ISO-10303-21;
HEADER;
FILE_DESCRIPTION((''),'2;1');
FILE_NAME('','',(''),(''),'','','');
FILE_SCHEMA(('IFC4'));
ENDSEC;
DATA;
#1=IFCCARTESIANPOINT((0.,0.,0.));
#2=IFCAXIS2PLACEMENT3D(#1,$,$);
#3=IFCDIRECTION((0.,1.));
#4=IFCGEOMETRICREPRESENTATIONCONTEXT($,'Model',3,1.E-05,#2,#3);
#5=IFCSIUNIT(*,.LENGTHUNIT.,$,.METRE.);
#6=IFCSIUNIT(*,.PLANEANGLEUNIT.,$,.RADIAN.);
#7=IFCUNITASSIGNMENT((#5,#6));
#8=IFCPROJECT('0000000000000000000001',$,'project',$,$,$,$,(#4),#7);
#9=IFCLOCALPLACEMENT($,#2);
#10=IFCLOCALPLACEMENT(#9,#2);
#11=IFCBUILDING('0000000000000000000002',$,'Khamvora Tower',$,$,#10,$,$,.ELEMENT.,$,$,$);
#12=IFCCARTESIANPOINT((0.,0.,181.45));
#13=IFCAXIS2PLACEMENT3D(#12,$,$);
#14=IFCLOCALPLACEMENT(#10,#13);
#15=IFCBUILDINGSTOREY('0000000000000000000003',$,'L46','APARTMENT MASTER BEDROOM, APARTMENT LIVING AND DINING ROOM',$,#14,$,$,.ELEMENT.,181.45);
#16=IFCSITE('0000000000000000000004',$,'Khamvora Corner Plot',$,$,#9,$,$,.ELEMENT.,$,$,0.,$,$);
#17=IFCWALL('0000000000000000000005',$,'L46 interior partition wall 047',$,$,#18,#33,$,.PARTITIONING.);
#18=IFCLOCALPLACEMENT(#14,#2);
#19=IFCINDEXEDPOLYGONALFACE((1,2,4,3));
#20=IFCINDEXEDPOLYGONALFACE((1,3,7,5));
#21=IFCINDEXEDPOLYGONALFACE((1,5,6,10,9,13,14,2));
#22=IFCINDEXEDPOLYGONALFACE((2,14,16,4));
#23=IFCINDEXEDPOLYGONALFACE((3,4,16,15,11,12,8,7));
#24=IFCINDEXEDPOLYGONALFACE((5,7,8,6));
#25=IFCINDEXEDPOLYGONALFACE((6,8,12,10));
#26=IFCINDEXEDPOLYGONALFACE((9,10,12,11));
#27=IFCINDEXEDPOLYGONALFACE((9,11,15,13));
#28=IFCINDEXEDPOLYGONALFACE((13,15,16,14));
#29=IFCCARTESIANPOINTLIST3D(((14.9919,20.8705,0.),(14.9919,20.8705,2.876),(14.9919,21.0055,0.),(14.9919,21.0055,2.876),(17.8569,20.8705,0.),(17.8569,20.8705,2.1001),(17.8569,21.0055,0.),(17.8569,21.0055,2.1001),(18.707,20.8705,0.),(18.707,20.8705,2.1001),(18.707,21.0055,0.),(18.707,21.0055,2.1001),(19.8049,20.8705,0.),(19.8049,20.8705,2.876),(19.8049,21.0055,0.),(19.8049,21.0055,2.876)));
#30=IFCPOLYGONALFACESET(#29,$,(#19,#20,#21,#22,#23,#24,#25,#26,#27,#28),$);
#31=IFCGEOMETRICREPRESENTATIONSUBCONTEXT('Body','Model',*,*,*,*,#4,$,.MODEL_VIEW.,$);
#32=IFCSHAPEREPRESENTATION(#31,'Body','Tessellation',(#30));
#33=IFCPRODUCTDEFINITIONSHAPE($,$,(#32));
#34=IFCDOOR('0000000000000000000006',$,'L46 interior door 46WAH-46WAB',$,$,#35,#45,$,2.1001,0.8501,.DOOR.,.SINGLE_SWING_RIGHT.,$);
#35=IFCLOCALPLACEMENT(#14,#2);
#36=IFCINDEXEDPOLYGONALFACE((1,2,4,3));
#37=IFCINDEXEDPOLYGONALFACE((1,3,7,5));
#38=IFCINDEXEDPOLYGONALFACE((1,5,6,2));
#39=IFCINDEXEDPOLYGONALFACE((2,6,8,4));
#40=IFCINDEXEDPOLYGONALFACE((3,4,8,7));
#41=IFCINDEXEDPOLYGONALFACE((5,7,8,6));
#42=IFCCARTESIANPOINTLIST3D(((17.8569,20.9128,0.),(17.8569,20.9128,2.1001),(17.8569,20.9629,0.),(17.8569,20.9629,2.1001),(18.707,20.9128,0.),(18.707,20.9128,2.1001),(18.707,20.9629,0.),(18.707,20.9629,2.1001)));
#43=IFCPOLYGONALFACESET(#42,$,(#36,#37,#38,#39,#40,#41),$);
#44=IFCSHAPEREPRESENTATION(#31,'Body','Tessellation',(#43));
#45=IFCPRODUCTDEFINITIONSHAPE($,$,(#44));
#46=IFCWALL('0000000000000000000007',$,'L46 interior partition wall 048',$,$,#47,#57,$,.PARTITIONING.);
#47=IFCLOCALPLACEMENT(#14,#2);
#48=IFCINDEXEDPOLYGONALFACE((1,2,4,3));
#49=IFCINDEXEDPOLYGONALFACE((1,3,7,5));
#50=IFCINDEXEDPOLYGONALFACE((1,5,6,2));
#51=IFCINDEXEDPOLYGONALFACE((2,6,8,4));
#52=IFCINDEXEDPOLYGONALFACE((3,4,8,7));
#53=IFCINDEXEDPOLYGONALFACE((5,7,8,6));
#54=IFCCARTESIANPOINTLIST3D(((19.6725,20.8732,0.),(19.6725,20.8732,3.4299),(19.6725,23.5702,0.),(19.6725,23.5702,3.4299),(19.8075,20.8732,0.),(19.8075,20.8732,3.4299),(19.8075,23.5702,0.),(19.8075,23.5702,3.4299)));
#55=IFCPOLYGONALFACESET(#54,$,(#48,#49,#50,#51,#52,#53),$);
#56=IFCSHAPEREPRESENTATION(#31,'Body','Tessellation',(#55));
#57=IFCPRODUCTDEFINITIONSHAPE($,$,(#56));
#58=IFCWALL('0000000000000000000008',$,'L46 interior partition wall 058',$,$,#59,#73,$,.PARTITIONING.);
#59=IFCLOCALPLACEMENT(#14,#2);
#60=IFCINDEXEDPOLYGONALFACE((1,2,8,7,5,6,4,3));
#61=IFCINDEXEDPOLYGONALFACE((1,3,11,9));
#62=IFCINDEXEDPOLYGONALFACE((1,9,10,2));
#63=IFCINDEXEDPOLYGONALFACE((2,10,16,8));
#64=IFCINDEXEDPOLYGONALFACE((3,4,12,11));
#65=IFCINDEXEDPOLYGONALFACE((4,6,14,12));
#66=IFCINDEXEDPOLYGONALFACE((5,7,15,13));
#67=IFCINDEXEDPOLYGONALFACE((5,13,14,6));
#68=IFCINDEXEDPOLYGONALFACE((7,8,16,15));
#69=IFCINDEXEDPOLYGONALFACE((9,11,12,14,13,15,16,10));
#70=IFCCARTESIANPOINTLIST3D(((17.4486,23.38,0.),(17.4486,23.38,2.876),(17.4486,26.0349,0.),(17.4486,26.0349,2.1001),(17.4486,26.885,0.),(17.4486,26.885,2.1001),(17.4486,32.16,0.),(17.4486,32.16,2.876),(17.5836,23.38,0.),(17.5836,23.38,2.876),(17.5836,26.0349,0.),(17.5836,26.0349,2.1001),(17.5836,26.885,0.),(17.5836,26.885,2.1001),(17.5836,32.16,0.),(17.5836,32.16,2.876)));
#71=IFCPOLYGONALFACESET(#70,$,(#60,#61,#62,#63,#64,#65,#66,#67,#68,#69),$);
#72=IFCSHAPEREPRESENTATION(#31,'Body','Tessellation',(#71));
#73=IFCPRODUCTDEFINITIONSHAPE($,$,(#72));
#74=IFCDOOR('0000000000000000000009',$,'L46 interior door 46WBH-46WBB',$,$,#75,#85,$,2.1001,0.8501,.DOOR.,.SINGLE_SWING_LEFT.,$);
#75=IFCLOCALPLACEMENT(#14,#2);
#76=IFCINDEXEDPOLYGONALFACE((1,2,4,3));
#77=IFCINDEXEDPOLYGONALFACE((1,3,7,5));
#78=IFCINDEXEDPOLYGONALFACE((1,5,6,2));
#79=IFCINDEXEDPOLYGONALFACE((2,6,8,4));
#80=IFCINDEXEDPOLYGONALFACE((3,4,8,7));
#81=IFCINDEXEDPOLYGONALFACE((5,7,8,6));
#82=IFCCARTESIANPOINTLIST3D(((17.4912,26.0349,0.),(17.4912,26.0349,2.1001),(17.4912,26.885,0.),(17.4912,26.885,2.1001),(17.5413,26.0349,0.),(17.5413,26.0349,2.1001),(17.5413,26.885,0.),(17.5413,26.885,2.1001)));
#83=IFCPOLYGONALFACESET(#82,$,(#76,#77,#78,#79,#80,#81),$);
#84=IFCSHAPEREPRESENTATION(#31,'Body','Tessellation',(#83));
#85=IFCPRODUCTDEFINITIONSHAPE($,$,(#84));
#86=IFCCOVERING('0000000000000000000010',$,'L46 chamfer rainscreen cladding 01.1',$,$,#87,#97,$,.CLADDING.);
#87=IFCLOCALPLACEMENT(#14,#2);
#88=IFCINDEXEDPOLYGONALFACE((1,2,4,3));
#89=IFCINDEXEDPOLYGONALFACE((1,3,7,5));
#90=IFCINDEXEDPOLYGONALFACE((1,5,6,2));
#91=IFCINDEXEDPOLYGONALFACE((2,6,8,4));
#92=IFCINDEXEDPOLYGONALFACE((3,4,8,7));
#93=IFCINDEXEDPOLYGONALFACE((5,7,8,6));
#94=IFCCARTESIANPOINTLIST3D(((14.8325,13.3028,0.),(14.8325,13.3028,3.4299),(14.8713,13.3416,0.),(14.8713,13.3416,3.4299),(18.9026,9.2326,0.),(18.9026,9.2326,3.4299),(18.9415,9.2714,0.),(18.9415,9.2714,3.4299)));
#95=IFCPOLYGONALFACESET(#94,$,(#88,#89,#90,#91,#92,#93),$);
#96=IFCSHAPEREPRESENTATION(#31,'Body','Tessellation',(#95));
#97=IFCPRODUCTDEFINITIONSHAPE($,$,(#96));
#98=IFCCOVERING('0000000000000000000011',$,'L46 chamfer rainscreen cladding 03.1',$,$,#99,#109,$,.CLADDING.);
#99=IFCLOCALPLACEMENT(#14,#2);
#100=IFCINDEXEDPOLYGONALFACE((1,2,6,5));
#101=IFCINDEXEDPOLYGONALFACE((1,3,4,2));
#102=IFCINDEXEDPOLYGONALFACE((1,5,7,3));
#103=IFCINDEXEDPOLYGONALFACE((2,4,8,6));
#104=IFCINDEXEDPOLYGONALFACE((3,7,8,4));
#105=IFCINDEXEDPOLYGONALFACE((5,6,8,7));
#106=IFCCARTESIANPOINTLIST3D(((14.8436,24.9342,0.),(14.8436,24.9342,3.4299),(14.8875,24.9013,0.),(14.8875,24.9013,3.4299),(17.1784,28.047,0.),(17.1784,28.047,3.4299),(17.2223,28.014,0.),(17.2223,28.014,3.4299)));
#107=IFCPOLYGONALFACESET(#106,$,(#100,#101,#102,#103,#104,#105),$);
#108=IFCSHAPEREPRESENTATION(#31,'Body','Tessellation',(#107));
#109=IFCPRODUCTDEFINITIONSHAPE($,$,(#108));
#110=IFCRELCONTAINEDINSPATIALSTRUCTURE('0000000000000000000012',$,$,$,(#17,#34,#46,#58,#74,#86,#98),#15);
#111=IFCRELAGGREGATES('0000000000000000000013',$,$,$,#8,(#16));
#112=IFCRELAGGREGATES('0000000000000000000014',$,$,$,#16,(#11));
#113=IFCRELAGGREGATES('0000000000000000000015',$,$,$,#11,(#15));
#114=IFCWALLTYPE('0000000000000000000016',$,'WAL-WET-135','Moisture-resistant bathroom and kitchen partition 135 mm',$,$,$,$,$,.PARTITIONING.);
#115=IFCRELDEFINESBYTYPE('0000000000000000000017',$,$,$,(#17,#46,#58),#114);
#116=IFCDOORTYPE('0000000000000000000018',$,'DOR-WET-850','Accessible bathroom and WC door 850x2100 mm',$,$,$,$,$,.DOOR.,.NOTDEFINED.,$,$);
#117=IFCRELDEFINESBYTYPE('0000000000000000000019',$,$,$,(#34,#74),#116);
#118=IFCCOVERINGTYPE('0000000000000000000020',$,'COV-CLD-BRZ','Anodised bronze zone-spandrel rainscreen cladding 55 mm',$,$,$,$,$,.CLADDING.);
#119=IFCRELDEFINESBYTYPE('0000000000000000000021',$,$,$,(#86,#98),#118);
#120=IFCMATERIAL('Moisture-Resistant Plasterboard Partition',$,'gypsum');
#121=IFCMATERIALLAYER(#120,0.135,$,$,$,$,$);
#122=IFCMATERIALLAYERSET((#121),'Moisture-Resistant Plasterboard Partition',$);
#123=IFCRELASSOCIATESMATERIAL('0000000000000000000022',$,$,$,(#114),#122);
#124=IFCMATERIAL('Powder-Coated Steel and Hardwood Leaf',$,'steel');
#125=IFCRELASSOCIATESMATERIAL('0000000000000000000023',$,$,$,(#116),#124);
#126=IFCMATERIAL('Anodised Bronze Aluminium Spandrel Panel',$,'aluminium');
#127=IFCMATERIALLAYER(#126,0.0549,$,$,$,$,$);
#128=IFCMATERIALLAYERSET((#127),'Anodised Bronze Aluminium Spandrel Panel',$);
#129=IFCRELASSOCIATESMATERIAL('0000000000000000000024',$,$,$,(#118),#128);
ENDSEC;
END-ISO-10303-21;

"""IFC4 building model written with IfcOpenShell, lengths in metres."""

from ifc_helpers import new_model, si_unit, direction, frame, frame_2d, origin, origin_2d, place, context, subcontext, project, spatial, rectangle, extrude, material, layer, layer_set, type_object, element, fill, save


model = new_model("IFC4")

# Units and contexts
model_context = context("Model", 3, precision=1e-05, world=origin(), true_north=direction((0.0, 1.0)))
body_context = subcontext(model_context, "Body", "Model", "MODEL_VIEW")
ifc_project = project(units=[si_unit("LENGTHUNIT", "METRE"), si_unit("PLANEANGLEUNIT", "RADIAN")], contexts=[model_context])

# Site, building, storey
site_placement = place(None, origin())
site = spatial("IfcSite", under=ifc_project, at=site_placement, Name="Khamvora Corner Plot", CompositionType="ELEMENT", RefElevation=0.0)
building_placement = place(site_placement, origin())
building = spatial("IfcBuilding", under=site, at=building_placement, Name="Khamvora Tower", CompositionType="ELEMENT")
storey_placement = place(building_placement, frame((0.0, 0.0, 181.45)))
storey = spatial("IfcBuildingStorey", under=building, at=storey_placement, Name="L46", Description="APARTMENT MASTER BEDROOM, APARTMENT LIVING AND DINING ROOM", CompositionType="ELEMENT", Elevation=181.45)

# Shared definitions
ifc_material_1 = material(Name="Powder-Coated Steel and Hardwood Leaf", Category="steel")

# Wall, opening, door
ifc_material_2 = material(Name="Moisture-Resistant Plasterboard Partition", Category="gypsum")
ifc_layer_1 = layer(ifc_material_2, 0.135)
ifc_layer_set_1 = layer_set([ifc_layer_1], Name="Moisture-Resistant Plasterboard Partition")
wall_type_1 = type_object("IfcWallType", Name="WAL-WET-135", Description="Moisture-resistant bathroom and kitchen partition 135 mm", PredefinedType="PARTITIONING", material=ifc_layer_set_1)
wall_1_placement = place(storey_placement, frame((14.9919, 20.938, 0.0), z_axis=(0.0, 0.0, 1.0), x_axis=(1.0, 0.0, 0.0)))
wall_1 = element("IfcWall", 1, at=wall_1_placement, inside=storey, type_object=wall_type_1, Name="L46 interior partition wall 047", PredefinedType="PARTITIONING", context=body_context, shape_type="SweptSolid", body=[
    extrude(rectangle(XDim=4.813, YDim=0.135, at=frame_2d((2.4065, 0.0))), origin(), (0.0, 0.0, 1.0), 2.876),
])
opening_1_placement = place(wall_1_placement, frame((2.865, 0.0, 0.0)))
opening_1 = element("IfcOpeningElement", 2, at=opening_1_placement, cuts=wall_1, PredefinedType="OPENING", context=body_context, shape_type="SweptSolid", body=[
    extrude(rectangle(XDim=0.8501, YDim=2.1001, at=frame_2d((0.425, 1.05))), frame((0.0, 0.0774, 0.0), z_axis=(0.0, -1.0, 0.0), x_axis=(1.0, 0.0, 0.0)), (0.0, 0.0, 1.0), 0.155),
])
door_type_1 = type_object("IfcDoorType", Name="DOR-WET-850", Description="Accessible bathroom and WC door 850x2100 mm", OperationType="NOTDEFINED", PredefinedType="DOOR", material=ifc_material_1)
door_1_placement = place(opening_1_placement, origin())
door_1 = element("IfcDoor", 3, at=door_1_placement, inside=storey, type_object=door_type_1, Name="L46 interior door 46WAH-46WAB", OperationType="SINGLE_SWING_RIGHT", OverallHeight=2.1001, OverallWidth=0.8501, PredefinedType="DOOR", context=body_context, shape_type="SweptSolid", body=[
    extrude(rectangle(XDim=0.8501, YDim=2.1001, at=frame_2d((0.425, 1.05))), frame((0.0, 0.0249, 0.0), z_axis=(0.0, -1.0, 0.0), x_axis=(1.0, 0.0, 0.0)), (0.0, 0.0, 1.0), 0.05),
])
fill(opening_1, door_1)

# Wall
wall_2_placement = place(storey_placement, frame((19.74, 20.873, 0.0), z_axis=(0.0, 0.0, 1.0), x_axis=(0.0, 1.0, 0.0)))
element("IfcWall", 4, at=wall_2_placement, inside=storey, type_object=wall_type_1, Name="L46 interior partition wall 048", PredefinedType="PARTITIONING", context=body_context, shape_type="SweptSolid", body=[
    extrude(rectangle(XDim=2.697, YDim=0.135, at=frame_2d((1.3486, 0.0))), origin(), (0.0, 0.0, 1.0), 3.4299),
])

# Wall, opening, door
wall_3_placement = place(storey_placement, frame((17.5161, 23.3799, 0.0), z_axis=(0.0, 0.0, 1.0), x_axis=(0.0, 1.0, 0.0)))
wall_3 = element("IfcWall", 5, at=wall_3_placement, inside=storey, type_object=wall_type_1, Name="L46 interior partition wall 058", PredefinedType="PARTITIONING", context=body_context, shape_type="SweptSolid", body=[
    extrude(rectangle(XDim=8.78, YDim=0.135, at=frame_2d((4.3901, 0.0))), origin(), (0.0, 0.0, 1.0), 2.876),
])
opening_2_placement = place(wall_3_placement, frame((2.655, 0.0, 0.0)))
opening_2 = element("IfcOpeningElement", 6, at=opening_2_placement, cuts=wall_3, PredefinedType="OPENING", context=body_context, shape_type="SweptSolid", body=[
    extrude(rectangle(XDim=0.8501, YDim=2.1001, at=frame_2d((0.425, 1.05))), frame((0.0, 0.0774, 0.0), z_axis=(0.0, -1.0, 0.0), x_axis=(1.0, 0.0, 0.0)), (0.0, 0.0, 1.0), 0.155),
])
door_2_placement = place(opening_2_placement, origin())
door_2 = element("IfcDoor", 7, at=door_2_placement, inside=storey, type_object=door_type_1, Name="L46 interior door 46WBH-46WBB", OperationType="SINGLE_SWING_LEFT", OverallHeight=2.1001, OverallWidth=0.8501, PredefinedType="DOOR", context=body_context, shape_type="SweptSolid", body=[
    extrude(rectangle(XDim=0.8501, YDim=2.1001, at=frame_2d((0.425, 1.05))), frame((0.0, 0.0249, 0.0), z_axis=(0.0, -1.0, 0.0), x_axis=(1.0, 0.0, 0.0)), (0.0, 0.0, 1.0), 0.05),
])
fill(opening_2, door_2)

# Coverings
ifc_material_3 = material(Name="Anodised Bronze Aluminium Spandrel Panel", Category="aluminium")
ifc_layer_2 = layer(ifc_material_3, 0.0549)
ifc_layer_set_2 = layer_set([ifc_layer_2], Name="Anodised Bronze Aluminium Spandrel Panel")
covering_type = type_object("IfcCoveringType", Name="COV-CLD-BRZ", Description="Anodised bronze zone-spandrel rainscreen cladding 55 mm", PredefinedType="CLADDING", material=ifc_layer_set_2)
covering_1_placement = place(storey_placement, frame((16.887, 11.2871, 0.0), z_axis=(0.0, 0.0, 1.0), x_axis=(-0.707107, 0.707107, 0.0)))
element("IfcCovering", 8, at=covering_1_placement, inside=storey, type_object=covering_type, Name="L46 chamfer rainscreen cladding 01.1", PredefinedType="CLADDING", context=body_context, shape_type="SweptSolid", body=[
    extrude(rectangle(XDim=5.7561, YDim=0.0549, at=origin_2d()), origin(), (0.0, 0.0, 1.0), 3.4299),
])
covering_2_placement = place(storey_placement, frame((16.033, 26.4741, 0.0), z_axis=(0.0, 0.0, 1.0), x_axis=(0.60004, 0.79997, 0.0)))
element("IfcCovering", 9, at=covering_2_placement, inside=storey, type_object=covering_type, Name="L46 chamfer rainscreen cladding 03.1", PredefinedType="CLADDING", context=body_context, shape_type="SweptSolid", body=[
    extrude(rectangle(XDim=3.8911, YDim=0.0549, at=origin_2d()), origin(), (0.0, 0.0, 1.0), 3.4299),
])

save(model, "model.ifc")
